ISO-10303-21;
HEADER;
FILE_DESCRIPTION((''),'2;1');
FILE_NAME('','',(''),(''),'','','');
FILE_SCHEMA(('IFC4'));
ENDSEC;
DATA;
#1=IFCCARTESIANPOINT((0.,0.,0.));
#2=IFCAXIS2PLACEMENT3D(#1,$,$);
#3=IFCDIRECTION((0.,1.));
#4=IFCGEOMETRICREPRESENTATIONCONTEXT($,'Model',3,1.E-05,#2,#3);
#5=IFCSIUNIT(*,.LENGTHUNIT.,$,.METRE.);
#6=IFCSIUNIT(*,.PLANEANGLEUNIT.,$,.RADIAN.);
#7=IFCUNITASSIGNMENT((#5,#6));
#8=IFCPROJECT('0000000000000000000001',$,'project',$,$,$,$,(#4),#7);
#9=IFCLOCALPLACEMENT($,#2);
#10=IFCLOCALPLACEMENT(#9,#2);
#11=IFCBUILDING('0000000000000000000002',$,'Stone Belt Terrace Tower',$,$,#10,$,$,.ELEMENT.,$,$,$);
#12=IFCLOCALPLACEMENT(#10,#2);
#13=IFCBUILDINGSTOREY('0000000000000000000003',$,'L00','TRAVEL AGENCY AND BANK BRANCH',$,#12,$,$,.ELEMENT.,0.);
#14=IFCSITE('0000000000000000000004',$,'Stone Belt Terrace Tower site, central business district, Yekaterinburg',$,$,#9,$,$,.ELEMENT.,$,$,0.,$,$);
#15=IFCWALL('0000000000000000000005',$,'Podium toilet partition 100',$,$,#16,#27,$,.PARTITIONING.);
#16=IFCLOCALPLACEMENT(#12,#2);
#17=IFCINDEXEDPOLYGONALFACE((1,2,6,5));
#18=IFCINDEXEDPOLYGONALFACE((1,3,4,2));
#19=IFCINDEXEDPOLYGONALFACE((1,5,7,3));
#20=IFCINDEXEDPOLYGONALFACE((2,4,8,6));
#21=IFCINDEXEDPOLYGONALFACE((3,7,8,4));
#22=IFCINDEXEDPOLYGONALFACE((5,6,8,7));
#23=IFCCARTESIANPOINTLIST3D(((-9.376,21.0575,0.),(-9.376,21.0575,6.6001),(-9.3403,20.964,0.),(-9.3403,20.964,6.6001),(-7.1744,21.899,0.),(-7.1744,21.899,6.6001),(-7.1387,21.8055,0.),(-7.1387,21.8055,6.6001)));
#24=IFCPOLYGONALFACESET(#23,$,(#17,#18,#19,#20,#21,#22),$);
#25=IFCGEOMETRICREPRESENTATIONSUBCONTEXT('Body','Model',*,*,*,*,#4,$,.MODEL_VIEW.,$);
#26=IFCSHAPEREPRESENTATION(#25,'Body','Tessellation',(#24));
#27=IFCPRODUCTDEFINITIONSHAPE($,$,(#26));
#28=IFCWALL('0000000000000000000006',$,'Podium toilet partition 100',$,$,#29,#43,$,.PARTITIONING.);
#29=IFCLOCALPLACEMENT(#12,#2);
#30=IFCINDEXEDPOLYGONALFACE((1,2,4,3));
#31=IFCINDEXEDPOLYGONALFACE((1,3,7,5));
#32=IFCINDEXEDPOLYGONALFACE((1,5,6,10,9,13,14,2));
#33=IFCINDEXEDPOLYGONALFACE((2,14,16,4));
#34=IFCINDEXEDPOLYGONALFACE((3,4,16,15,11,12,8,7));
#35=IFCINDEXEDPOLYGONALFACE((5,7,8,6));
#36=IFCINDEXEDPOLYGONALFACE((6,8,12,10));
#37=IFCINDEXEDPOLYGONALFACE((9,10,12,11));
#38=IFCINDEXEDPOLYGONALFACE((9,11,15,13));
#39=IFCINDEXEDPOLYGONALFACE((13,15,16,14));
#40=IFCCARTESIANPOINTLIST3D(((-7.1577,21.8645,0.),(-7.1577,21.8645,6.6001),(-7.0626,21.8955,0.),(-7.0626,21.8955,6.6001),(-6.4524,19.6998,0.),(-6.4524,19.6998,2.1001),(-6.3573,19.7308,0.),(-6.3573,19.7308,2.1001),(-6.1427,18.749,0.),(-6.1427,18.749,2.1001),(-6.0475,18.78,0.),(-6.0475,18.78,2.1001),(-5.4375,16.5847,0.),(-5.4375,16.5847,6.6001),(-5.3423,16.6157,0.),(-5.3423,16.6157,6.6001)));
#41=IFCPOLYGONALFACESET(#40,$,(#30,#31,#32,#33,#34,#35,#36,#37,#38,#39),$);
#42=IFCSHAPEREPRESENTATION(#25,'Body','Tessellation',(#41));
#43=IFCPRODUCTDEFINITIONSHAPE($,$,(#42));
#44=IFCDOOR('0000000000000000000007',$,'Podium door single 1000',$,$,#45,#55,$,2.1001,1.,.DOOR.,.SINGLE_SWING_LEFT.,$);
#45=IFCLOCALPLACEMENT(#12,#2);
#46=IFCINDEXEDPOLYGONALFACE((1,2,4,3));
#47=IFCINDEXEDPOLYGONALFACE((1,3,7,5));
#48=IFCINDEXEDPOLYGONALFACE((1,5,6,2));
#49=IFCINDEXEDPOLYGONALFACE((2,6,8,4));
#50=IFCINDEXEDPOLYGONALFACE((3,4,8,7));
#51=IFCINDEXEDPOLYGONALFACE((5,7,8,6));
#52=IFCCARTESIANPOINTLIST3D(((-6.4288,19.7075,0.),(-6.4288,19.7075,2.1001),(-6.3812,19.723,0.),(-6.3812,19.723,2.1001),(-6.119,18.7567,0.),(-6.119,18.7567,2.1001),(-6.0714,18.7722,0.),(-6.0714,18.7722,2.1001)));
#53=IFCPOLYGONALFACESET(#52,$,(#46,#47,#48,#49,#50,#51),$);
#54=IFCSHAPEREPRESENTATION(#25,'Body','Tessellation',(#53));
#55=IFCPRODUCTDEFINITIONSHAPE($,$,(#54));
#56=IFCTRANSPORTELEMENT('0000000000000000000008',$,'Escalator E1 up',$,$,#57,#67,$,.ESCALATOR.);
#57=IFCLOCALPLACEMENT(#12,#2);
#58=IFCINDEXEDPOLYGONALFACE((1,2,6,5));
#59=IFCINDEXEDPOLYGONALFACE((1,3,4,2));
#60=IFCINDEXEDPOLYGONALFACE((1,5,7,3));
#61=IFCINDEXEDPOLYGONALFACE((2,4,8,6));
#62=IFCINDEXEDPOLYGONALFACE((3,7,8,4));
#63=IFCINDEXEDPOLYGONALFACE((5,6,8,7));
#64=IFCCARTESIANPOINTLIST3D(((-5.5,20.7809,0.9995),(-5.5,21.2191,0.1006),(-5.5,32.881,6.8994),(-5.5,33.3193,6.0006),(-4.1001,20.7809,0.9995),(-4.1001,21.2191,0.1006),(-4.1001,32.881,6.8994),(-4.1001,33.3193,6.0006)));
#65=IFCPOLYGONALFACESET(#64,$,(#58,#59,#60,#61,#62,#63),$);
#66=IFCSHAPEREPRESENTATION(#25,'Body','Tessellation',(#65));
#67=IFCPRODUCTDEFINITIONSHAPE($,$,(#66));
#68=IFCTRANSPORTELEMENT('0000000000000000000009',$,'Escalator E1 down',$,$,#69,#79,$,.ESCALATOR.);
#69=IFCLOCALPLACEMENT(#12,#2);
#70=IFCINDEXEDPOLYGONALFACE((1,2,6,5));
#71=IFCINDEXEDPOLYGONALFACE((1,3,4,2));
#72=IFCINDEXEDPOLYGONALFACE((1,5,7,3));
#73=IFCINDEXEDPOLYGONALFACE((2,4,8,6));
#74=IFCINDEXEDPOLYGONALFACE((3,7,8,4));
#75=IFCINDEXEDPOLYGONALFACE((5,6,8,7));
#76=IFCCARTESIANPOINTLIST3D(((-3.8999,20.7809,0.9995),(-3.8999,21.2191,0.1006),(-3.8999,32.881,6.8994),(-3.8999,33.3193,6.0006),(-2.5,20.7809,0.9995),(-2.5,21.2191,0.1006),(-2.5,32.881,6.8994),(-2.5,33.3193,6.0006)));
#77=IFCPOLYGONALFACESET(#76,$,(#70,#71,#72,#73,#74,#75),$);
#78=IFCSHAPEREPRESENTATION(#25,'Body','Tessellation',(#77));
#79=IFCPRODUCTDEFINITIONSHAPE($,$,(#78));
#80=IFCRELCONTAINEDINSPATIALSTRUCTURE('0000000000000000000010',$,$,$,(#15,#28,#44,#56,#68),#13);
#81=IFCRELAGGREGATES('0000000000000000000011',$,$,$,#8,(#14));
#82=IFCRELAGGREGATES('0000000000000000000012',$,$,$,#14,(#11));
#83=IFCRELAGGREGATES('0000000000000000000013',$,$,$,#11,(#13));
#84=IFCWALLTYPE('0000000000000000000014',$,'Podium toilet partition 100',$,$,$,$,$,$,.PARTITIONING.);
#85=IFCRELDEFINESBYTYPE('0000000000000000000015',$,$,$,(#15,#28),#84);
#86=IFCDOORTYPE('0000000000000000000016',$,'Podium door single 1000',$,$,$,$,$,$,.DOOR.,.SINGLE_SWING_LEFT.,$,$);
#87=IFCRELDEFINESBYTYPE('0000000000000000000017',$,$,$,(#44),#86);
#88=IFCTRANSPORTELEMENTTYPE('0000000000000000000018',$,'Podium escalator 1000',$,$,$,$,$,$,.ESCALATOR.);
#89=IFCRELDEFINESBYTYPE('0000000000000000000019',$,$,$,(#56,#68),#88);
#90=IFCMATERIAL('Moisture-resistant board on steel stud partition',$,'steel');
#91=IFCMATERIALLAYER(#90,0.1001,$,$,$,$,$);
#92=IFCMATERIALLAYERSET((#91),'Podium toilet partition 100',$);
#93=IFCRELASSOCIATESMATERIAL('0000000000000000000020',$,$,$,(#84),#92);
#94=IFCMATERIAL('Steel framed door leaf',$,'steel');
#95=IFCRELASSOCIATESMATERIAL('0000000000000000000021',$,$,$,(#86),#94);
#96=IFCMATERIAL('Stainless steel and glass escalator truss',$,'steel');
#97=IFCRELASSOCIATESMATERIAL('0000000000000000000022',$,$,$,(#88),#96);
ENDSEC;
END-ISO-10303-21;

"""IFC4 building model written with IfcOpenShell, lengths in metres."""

from ifc_helpers import new_model, si_unit, direction, frame, frame_2d, origin, origin_2d, place, context, subcontext, project, spatial, rectangle, extrude, material, layer, layer_set, material_profile, profile_set, type_object, element, fill, save


model = new_model("IFC4")

# Units and contexts
model_context = context("Model", 3, precision=1e-05, world=origin(), true_north=direction((0.0, 1.0)))
body_context = subcontext(model_context, "Body", "Model", "MODEL_VIEW")
ifc_project = project(units=[si_unit("LENGTHUNIT", "METRE"), si_unit("PLANEANGLEUNIT", "RADIAN")], contexts=[model_context])

# Site, building, storey
site_placement = place(None, origin())
site = spatial("IfcSite", under=ifc_project, at=site_placement, Name="Stone Belt Terrace Tower site, central business district, Yekaterinburg", CompositionType="ELEMENT", RefElevation=0.0)
building_placement = place(site_placement, origin())
building = spatial("IfcBuilding", under=site, at=building_placement, Name="Stone Belt Terrace Tower", CompositionType="ELEMENT")
storey_placement = place(building_placement, origin())
storey = spatial("IfcBuildingStorey", under=building, at=storey_placement, Name="L00", Description="TRAVEL AGENCY AND BANK BRANCH", CompositionType="ELEMENT", Elevation=0.0)

# Wall
ifc_material_1 = material(Name="Moisture-resistant board on steel stud partition", Category="steel")
ifc_layer_1 = layer(ifc_material_1, 0.1001)
ifc_layer_set_1 = layer_set([ifc_layer_1], Name="Podium toilet partition 100")
wall_type_1 = type_object("IfcWallType", Name="Podium toilet partition 100", PredefinedType="PARTITIONING", material=ifc_layer_set_1)
wall_1_placement = place(storey_placement, frame((-9.3582, 21.0107, 0.0), z_axis=(0.0, 0.0, 1.0), x_axis=(0.934088, 0.357042, 0.0)))
element("IfcWall", 1, at=wall_1_placement, inside=storey, type_object=wall_type_1, Name="Podium toilet partition 100", PredefinedType="PARTITIONING", context=body_context, shape_type="SweptSolid", body=[
    extrude(rectangle(XDim=2.3569, YDim=0.1001, at=frame_2d((1.1785, 0.0))), origin(), (0.0, 0.0, 1.0), 6.6001),
])

# Wall, opening, door
wall_2_placement = place(storey_placement, frame((-7.1101, 21.8799, 0.0), z_axis=(0.0, 0.0, 1.0), x_axis=(0.309784, -0.950807, 0.0)))
wall_2 = element("IfcWall", 2, at=wall_2_placement, inside=storey, type_object=wall_type_1, Name="Podium toilet partition 100", PredefinedType="PARTITIONING", context=body_context, shape_type="SweptSolid", body=[
    extrude(rectangle(XDim=5.553, YDim=0.1001, at=frame_2d((2.7764, 0.0))), origin(), (0.0, 0.0, 1.0), 6.6001),
])
opening_1_placement = place(wall_2_placement, frame((2.2766, 0.0, 0.0)))
opening_1 = element("IfcOpeningElement", 3, at=opening_1_placement, cuts=wall_2, PredefinedType="OPENING", context=body_context, shape_type="SweptSolid", body=[
    extrude(rectangle(XDim=1.0, YDim=2.1001, at=frame_2d((0.5, 1.05))), frame((0.0, 0.0601, 0.0), z_axis=(0.0, -1.0, 0.0), x_axis=(1.0, 0.0, 0.0)), (0.0, 0.0, 1.0), 0.1201),
])
ifc_material_2 = material(Name="Steel framed door leaf", Category="steel")
door_type_1 = type_object("IfcDoorType", Name="Podium door single 1000", OperationType="SINGLE_SWING_LEFT", PredefinedType="DOOR", material=ifc_material_2)
door_1_placement = place(opening_1_placement, origin())
door_1 = element("IfcDoor", 4, at=door_1_placement, inside=storey, type_object=door_type_1, Name="Podium door single 1000", OperationType="SINGLE_SWING_LEFT", OverallHeight=2.1001, OverallWidth=1.0, PredefinedType="DOOR", context=body_context, shape_type="SweptSolid", body=[
    extrude(rectangle(XDim=1.0, YDim=2.1001, at=frame_2d((0.5, 1.05))), frame((0.0, 0.0249, 0.0), z_axis=(0.0, -1.0, 0.0), x_axis=(1.0, 0.0, 0.0)), (0.0, 0.0, 1.0), 0.05),
])
fill(opening_1, door_1)

# Transport elements
ifc_material_3 = material(Name="Stainless steel and glass escalator truss", Category="steel")
ifc_material_profile_1 = material_profile(ifc_material_3, rectangle(XDim=1.3999, YDim=1.0, at=origin_2d()), Name="Podium escalator 1000")
ifc_profile_set_1 = profile_set([ifc_material_profile_1], Name="Stainless steel and glass escalator truss")
transport_element_type = type_object("IfcTransportElementType", Name="Podium escalator 1000", PredefinedType="ESCALATOR", material=ifc_profile_set_1)
for number, where, z_axis, x_axis, name in (
    (5, (-4.8, 21.0, 0.55), (0.0, 0.898844, 0.438269), (-1.0, 0.0, 0.0), "Escalator E1 up"),
    (6, (-3.2, 21.0, 0.55), (0.0, 0.898844, 0.438269), (-1.0, 0.0, 0.0), "Escalator E1 down"),
):
    element("IfcTransportElement", number, at=place(storey_placement, frame(where, z_axis=z_axis, x_axis=x_axis)), inside=storey, type_object=transport_element_type, Name=name, PredefinedType="ESCALATOR", context=body_context, shape_type="SweptSolid", body=[
        extrude(rectangle(XDim=1.3999, YDim=1.0, at=origin_2d()), origin(), (0.0, 0.0, 1.0), 13.4619),
    ])

save(model, "model.ifc")
